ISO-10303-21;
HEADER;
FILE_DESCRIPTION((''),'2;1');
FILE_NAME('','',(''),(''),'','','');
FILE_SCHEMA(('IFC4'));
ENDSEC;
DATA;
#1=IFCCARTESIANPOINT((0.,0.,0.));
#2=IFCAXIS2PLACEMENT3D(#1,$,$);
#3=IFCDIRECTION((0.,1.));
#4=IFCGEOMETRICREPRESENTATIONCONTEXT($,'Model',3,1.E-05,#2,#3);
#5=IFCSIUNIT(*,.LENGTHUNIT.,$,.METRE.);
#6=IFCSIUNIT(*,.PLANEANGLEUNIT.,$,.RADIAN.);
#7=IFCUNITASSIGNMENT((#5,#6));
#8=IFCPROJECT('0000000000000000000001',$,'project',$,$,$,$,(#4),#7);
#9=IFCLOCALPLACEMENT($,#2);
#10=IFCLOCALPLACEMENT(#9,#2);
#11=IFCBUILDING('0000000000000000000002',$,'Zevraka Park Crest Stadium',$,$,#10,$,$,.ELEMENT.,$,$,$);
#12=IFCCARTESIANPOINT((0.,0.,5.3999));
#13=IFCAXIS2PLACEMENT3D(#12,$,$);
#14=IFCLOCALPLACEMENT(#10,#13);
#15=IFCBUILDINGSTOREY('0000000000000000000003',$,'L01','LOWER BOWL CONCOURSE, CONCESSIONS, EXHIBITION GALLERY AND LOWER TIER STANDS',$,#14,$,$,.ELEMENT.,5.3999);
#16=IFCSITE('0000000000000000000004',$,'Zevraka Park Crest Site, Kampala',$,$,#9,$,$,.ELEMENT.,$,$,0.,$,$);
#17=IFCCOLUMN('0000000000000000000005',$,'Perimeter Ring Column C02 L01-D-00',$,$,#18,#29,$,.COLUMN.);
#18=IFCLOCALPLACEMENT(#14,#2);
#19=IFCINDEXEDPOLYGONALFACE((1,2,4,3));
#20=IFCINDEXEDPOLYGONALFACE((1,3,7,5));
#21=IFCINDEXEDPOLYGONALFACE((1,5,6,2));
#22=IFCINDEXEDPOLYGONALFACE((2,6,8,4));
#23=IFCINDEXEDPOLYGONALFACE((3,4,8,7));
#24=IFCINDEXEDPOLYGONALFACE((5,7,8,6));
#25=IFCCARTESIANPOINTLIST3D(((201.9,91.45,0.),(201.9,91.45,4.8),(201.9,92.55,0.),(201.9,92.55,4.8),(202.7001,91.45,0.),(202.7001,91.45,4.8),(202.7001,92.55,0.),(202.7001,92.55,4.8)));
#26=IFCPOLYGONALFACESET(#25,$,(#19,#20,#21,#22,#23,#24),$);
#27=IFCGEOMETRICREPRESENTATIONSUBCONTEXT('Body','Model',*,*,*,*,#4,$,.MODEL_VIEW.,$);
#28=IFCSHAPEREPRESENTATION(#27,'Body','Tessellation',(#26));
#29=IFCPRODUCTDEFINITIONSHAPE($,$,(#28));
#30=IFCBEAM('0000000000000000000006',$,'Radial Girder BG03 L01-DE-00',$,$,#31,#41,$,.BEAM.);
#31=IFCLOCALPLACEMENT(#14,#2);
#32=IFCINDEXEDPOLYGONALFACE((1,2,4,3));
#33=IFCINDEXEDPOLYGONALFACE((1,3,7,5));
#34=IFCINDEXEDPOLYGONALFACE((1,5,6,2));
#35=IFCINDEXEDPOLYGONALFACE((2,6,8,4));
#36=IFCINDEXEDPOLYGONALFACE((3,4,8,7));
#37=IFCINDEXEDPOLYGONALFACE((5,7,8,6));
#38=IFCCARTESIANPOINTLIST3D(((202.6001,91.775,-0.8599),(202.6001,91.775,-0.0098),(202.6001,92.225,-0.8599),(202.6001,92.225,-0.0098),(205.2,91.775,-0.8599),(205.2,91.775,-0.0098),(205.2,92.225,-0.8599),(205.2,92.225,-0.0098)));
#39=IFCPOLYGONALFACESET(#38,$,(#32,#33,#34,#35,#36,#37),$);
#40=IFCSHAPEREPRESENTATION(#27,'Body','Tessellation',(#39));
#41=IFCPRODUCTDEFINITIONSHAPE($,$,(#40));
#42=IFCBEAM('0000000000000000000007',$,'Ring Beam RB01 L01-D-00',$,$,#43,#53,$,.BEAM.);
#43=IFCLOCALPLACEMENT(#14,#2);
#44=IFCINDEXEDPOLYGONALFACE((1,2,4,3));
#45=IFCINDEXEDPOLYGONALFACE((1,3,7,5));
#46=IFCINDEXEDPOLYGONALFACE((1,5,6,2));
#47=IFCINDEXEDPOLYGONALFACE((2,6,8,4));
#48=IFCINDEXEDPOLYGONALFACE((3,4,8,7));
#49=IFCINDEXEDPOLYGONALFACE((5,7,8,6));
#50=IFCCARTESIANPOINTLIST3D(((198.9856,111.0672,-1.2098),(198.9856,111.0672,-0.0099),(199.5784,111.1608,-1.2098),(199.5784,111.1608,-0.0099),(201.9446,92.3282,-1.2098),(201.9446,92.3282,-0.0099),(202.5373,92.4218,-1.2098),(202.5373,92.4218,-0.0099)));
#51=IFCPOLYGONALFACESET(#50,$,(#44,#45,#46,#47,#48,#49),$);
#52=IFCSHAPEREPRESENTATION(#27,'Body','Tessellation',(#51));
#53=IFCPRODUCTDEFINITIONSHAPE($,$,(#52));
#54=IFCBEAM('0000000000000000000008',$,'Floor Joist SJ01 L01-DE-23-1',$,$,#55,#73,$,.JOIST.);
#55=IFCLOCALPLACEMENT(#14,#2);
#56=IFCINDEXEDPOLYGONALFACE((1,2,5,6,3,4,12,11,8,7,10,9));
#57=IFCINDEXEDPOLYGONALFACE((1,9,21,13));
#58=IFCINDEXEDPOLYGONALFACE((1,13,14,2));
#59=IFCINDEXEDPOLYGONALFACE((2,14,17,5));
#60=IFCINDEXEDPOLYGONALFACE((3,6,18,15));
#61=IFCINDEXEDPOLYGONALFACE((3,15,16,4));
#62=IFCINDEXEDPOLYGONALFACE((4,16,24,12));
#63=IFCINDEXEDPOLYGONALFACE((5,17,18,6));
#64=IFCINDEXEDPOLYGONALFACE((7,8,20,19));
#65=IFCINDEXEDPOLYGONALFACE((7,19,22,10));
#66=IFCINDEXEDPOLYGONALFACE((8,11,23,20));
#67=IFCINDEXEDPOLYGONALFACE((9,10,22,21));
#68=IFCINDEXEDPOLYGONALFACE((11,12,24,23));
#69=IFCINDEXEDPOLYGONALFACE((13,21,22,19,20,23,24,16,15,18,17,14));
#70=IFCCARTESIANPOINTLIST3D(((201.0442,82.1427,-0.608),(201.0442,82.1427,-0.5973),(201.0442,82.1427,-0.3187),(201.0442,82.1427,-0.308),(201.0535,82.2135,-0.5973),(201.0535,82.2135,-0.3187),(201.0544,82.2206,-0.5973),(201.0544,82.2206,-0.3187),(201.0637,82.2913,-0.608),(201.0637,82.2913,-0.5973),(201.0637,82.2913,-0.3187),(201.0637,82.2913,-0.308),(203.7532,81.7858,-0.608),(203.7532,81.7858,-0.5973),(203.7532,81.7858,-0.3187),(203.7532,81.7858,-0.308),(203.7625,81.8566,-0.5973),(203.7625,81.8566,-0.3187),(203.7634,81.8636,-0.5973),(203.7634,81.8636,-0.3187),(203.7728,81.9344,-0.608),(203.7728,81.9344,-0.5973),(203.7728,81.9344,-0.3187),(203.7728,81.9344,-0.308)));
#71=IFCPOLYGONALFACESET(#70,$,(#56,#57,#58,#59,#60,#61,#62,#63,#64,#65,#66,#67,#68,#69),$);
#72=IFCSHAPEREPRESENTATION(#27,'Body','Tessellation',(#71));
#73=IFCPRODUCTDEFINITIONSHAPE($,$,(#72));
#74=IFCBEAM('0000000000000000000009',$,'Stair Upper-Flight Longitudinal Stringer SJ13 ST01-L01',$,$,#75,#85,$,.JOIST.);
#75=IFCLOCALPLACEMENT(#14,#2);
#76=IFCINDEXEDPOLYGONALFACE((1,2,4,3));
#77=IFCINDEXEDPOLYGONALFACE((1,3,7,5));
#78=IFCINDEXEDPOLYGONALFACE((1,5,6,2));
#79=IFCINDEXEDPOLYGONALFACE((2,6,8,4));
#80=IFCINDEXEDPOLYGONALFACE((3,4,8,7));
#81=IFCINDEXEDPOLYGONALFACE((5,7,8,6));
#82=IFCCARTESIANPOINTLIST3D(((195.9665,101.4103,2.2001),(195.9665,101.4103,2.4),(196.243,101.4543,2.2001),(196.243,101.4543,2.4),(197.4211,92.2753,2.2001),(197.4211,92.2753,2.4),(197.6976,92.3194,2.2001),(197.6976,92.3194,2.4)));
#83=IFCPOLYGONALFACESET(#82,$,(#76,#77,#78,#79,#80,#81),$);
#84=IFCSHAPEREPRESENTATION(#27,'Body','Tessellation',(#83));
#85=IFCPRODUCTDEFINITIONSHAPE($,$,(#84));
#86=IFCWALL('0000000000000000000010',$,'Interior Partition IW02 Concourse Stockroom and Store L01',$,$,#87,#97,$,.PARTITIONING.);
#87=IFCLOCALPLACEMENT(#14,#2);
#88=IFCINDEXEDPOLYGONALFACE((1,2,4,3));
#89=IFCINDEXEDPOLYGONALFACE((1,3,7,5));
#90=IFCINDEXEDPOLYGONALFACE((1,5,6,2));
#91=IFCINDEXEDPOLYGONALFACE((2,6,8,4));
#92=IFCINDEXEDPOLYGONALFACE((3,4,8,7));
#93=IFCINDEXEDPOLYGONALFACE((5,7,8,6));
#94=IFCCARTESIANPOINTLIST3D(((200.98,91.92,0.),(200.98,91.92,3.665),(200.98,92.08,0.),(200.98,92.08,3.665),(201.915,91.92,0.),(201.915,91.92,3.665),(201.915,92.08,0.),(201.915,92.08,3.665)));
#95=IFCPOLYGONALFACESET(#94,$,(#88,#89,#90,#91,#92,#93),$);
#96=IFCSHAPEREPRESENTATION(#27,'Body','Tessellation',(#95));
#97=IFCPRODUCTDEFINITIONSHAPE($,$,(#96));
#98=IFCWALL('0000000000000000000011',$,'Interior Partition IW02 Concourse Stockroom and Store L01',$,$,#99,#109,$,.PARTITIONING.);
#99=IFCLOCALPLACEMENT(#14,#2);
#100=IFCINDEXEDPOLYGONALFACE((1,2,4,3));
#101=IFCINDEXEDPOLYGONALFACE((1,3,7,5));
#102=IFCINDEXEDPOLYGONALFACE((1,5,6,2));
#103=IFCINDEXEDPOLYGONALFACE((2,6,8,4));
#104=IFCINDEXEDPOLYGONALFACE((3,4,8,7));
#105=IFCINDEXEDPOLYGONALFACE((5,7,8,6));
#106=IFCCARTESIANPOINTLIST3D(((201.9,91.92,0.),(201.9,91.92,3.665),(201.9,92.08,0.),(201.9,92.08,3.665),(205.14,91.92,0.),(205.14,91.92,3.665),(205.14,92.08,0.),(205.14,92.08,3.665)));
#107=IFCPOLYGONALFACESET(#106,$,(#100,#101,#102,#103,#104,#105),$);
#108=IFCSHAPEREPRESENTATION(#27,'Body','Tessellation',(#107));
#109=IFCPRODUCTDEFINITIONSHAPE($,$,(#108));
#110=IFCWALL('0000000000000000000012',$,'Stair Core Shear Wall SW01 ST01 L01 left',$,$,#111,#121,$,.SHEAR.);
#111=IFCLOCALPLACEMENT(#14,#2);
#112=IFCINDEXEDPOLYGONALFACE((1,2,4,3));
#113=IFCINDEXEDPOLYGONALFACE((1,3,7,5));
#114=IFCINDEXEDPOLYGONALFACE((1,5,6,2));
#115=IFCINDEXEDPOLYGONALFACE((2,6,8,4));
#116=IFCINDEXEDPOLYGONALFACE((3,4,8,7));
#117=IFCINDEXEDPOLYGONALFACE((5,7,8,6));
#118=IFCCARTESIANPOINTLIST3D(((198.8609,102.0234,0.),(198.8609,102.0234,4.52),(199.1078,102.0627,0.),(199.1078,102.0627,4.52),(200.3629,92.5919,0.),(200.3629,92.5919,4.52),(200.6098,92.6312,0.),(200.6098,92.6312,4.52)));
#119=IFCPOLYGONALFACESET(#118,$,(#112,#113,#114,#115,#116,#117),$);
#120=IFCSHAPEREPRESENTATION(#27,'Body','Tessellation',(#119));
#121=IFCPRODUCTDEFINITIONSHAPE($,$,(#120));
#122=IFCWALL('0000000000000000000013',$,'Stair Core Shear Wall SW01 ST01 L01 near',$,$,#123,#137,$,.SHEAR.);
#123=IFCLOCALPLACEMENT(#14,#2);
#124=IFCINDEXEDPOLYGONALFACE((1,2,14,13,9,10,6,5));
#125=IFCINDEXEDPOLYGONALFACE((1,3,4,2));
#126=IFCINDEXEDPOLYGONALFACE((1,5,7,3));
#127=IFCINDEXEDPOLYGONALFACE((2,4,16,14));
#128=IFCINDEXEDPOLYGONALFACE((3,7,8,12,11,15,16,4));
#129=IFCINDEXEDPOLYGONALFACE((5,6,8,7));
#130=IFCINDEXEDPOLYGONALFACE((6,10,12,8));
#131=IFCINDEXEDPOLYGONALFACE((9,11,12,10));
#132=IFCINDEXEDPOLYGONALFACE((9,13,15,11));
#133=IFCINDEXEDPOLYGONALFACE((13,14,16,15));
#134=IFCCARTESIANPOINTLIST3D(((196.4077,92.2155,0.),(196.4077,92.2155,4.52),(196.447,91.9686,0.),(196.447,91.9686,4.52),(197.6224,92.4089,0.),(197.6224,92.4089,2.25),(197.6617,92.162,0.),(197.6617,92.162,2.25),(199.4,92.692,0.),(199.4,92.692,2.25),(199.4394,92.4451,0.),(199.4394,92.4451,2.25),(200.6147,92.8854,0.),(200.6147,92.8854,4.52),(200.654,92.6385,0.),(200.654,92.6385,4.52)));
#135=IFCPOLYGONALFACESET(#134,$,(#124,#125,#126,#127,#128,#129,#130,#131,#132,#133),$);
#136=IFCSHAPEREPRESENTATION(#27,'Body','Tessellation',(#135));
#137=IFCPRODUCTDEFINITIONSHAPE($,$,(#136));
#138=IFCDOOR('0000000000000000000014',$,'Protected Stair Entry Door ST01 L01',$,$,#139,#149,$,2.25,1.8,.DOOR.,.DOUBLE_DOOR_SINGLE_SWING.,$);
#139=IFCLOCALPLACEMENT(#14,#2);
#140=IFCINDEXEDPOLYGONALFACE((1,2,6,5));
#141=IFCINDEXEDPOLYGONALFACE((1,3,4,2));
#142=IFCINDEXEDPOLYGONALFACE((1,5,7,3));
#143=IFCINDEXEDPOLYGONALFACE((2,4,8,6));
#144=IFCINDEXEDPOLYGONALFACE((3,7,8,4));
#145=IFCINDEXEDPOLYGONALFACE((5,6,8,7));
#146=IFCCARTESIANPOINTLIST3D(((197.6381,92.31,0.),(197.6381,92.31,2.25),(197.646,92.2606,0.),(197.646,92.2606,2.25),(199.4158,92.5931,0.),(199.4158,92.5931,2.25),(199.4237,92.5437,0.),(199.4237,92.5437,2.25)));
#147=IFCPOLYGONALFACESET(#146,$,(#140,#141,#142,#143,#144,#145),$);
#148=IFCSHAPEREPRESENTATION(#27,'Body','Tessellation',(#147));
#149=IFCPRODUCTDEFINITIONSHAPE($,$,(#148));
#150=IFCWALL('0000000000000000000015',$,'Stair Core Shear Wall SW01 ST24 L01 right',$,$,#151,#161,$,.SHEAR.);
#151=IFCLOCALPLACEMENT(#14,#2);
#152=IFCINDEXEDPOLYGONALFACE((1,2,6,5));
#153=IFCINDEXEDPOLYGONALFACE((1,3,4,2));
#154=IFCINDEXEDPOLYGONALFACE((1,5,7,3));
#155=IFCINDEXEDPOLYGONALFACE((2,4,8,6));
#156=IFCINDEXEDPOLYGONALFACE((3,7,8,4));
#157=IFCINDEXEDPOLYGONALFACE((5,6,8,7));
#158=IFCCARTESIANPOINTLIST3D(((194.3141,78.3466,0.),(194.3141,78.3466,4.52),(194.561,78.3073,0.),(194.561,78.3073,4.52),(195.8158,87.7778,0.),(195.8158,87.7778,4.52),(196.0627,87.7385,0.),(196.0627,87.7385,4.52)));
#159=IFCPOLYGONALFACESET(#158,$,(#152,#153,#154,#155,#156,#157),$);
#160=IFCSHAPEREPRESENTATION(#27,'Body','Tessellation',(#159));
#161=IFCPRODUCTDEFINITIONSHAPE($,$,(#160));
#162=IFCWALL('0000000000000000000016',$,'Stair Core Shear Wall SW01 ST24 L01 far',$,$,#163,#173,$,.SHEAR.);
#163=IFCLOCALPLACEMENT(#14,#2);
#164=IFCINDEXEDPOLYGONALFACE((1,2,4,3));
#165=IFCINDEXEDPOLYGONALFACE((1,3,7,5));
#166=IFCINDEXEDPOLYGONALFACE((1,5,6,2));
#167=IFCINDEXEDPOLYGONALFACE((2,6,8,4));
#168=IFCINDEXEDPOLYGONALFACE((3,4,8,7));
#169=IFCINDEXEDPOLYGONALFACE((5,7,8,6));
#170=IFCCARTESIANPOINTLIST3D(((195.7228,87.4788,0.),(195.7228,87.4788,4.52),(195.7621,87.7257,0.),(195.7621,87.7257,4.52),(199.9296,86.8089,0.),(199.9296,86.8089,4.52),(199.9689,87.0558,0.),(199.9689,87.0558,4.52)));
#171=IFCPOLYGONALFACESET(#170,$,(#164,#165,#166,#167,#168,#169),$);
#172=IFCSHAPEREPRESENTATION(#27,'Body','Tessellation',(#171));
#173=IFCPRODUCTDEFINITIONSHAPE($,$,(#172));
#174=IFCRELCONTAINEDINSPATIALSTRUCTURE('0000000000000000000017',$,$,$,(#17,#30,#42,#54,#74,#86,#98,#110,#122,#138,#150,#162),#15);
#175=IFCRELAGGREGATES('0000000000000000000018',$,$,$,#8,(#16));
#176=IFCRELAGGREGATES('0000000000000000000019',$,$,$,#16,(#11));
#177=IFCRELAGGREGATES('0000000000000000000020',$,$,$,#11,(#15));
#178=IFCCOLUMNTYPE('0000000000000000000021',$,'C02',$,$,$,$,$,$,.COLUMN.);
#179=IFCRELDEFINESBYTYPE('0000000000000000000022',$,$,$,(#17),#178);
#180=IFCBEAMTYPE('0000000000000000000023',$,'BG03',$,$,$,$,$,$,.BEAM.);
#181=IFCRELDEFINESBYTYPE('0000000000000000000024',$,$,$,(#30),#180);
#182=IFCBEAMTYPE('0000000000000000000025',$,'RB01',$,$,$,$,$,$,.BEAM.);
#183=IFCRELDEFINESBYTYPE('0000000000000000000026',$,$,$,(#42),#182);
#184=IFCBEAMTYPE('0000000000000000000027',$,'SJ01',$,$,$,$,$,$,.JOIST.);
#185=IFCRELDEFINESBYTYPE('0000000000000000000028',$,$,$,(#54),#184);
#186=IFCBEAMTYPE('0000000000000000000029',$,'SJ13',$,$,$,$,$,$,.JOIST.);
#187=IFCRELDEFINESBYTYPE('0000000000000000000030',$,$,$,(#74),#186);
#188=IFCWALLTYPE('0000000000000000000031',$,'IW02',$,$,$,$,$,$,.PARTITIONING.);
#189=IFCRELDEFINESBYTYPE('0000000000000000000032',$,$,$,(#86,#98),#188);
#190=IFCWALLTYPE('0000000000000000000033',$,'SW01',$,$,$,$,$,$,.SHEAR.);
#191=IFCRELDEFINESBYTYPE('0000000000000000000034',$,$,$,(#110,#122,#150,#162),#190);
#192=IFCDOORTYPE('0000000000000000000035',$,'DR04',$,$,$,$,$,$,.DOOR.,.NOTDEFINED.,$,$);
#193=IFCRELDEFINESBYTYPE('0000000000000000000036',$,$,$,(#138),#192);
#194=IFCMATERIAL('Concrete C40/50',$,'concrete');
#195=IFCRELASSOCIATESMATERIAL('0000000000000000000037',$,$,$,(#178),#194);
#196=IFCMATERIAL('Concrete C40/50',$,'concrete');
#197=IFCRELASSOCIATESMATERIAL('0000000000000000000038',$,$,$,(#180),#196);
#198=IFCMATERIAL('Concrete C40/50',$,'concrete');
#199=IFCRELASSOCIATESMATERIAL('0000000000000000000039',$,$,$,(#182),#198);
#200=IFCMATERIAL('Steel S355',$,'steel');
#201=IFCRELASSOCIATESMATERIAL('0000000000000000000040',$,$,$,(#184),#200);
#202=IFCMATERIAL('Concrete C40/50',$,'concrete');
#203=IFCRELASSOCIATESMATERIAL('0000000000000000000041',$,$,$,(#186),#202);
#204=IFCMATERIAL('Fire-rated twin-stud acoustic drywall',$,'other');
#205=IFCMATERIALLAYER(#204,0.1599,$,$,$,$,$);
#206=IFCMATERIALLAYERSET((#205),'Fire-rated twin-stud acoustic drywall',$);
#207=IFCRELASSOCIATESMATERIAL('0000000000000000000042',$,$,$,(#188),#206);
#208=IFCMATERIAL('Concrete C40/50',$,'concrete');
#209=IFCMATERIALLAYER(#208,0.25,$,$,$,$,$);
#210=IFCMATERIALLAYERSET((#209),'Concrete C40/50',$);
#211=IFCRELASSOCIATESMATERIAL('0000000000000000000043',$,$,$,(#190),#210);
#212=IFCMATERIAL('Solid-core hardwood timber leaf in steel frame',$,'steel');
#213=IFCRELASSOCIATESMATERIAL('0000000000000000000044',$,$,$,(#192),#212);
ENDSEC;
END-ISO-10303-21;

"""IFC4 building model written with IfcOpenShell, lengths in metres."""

from ifc_helpers import new_model, si_unit, direction, frame, frame_2d, origin, origin_2d, place, context, subcontext, project, spatial, rectangle, i_section, extrude, material, layer, layer_set, material_profile, profile_set, type_object, element, fill, save


model = new_model("IFC4")

# Units and contexts
model_context = context("Model", 3, precision=1e-05, world=origin(), true_north=direction((0.0, 1.0)))
body_context = subcontext(model_context, "Body", "Model", "MODEL_VIEW")
ifc_project = project(units=[si_unit("LENGTHUNIT", "METRE"), si_unit("PLANEANGLEUNIT", "RADIAN")], contexts=[model_context])

# Site, building, storey
site_placement = place(None, origin())
site = spatial("IfcSite", under=ifc_project, at=site_placement, Name="Zevraka Park Crest Site, Kampala", CompositionType="ELEMENT", RefElevation=0.0)
building_placement = place(site_placement, origin())
building = spatial("IfcBuilding", under=site, at=building_placement, Name="Zevraka Park Crest Stadium", CompositionType="ELEMENT")
storey_placement = place(building_placement, frame((0.0, 0.0, 5.3999)))
storey = spatial("IfcBuildingStorey", under=building, at=storey_placement, Name="L01", Description="LOWER BOWL CONCOURSE, CONCESSIONS, EXHIBITION GALLERY AND LOWER TIER STANDS", CompositionType="ELEMENT", Elevation=5.3999)

# Column
ifc_material_1 = material(Name="Concrete C40/50", Category="concrete")
ifc_material_profile_1 = material_profile(ifc_material_1, rectangle(XDim=0.8, YDim=1.1001, at=origin_2d()), Name="RC 1100x800")
ifc_profile_set_1 = profile_set([ifc_material_profile_1], Name="Concrete C40/50")
column_type = type_object("IfcColumnType", Name="C02", PredefinedType="COLUMN", material=ifc_profile_set_1)
column_placement = place(storey_placement, frame((202.3, 92.0, 0.0), z_axis=(0.0, 0.0, 1.0), x_axis=(1.0, 0.0, 0.0)))
element("IfcColumn", 1, at=column_placement, inside=storey, type_object=column_type, Name="Perimeter Ring Column C02 L01-D-00", PredefinedType="COLUMN", context=body_context, shape_type="SweptSolid", body=[
    extrude(rectangle(XDim=0.8, YDim=1.1001, at=origin_2d()), origin(), (0.0, 0.0, 1.0), 4.8),
])

# Beams
ifc_material_2 = material(Name="Concrete C40/50", Category="concrete")
ifc_material_profile_2 = material_profile(ifc_material_2, rectangle(XDim=0.45, YDim=0.8501, at=origin_2d()), Name="RC 850x450")
ifc_profile_set_2 = profile_set([ifc_material_profile_2], Name="Concrete C40/50")
beam_type_1 = type_object("IfcBeamType", Name="BG03", PredefinedType="BEAM", material=ifc_profile_set_2)
beam_1_placement = place(storey_placement, frame((202.6001, 92.0, -0.4348), z_axis=(1.0, 0.0, 0.0), x_axis=(0.0, 1.0, 0.0)))
element("IfcBeam", 2, at=beam_1_placement, inside=storey, type_object=beam_type_1, Name="Radial Girder BG03 L01-DE-00", PredefinedType="BEAM", context=body_context, shape_type="SweptSolid", body=[
    extrude(rectangle(XDim=0.45, YDim=0.8501, at=origin_2d()), origin(), (0.0, 0.0, 1.0), 2.5999),
])
ifc_material_3 = material(Name="Concrete C40/50", Category="concrete")
ifc_material_profile_3 = material_profile(ifc_material_3, rectangle(XDim=0.6001, YDim=1.2, at=origin_2d()), Name="RC 1200x600")
ifc_profile_set_3 = profile_set([ifc_material_profile_3], Name="Concrete C40/50")
beam_type_2 = type_object("IfcBeamType", Name="RB01", PredefinedType="BEAM", material=ifc_profile_set_3)
beam_2_placement = place(storey_placement, frame((202.241, 92.375, -0.6099), z_axis=(-0.155972, 0.987761, 0.0), x_axis=(-0.987761, -0.155972, 0.0)))
element("IfcBeam", 3, at=beam_2_placement, inside=storey, type_object=beam_type_2, Name="Ring Beam RB01 L01-D-00", PredefinedType="BEAM", context=body_context, shape_type="SweptSolid", body=[
    extrude(rectangle(XDim=0.6001, YDim=1.2, at=origin_2d()), origin(), (0.0, 0.0, 1.0), 18.9712),
])
ifc_material_4 = material(Name="Steel S355", Category="steel")
ifc_material_profile_4 = material_profile(ifc_material_4, i_section(OverallWidth=0.1499, OverallDepth=0.3, WebThickness=0.0071, FlangeThickness=0.0107, at=origin_2d()), Name="IPE 300")
ifc_profile_set_4 = profile_set([ifc_material_profile_4], Name="Steel S355")
beam_type_3 = type_object("IfcBeamType", Name="SJ01", PredefinedType="JOIST", material=ifc_profile_set_4)
beam_3_placement = place(storey_placement, frame((201.054, 82.217, -0.458), z_axis=(0.991431, -0.13063, 0.0), x_axis=(0.13063, 0.991431, 0.0)))
element("IfcBeam", 4, at=beam_3_placement, inside=storey, type_object=beam_type_3, Name="Floor Joist SJ01 L01-DE-23-1", PredefinedType="JOIST", context=body_context, shape_type="SweptSolid", body=[
    extrude(i_section(OverallWidth=0.1499, OverallDepth=0.3, WebThickness=0.0071, FlangeThickness=0.0107, at=origin_2d()), origin(), (0.0, 0.0, 1.0), 2.7324),
])
ifc_material_5 = material(Name="Concrete C40/50", Category="concrete")
ifc_material_profile_5 = material_profile(ifc_material_5, rectangle(XDim=0.28, YDim=0.2, at=origin_2d()), Name="RC 200x280")
ifc_profile_set_5 = profile_set([ifc_material_profile_5], Name="Concrete C40/50")
beam_type_4 = type_object("IfcBeamType", Name="SJ13", PredefinedType="JOIST", material=ifc_profile_set_5)
beam_4_placement = place(storey_placement, frame((197.5593, 92.2974, 2.3), z_axis=(-0.157251, 0.987559, 0.0), x_axis=(-0.987559, -0.157251, 0.0)))
element("IfcBeam", 5, at=beam_4_placement, inside=storey, type_object=beam_type_4, Name="Stair Upper-Flight Longitudinal Stringer SJ13 ST01-L01", PredefinedType="JOIST", context=body_context, shape_type="SweptSolid", body=[
    extrude(rectangle(XDim=0.28, YDim=0.2, at=origin_2d()), origin(), (0.0, 0.0, 1.0), 9.25),
])

# Walls
ifc_material_6 = material(Name="Fire-rated twin-stud acoustic drywall", Category="other")
ifc_layer_1 = layer(ifc_material_6, 0.1599)
ifc_layer_set_1 = layer_set([ifc_layer_1], Name="Fire-rated twin-stud acoustic drywall")
wall_type_1 = type_object("IfcWallType", Name="IW02", PredefinedType="PARTITIONING", material=ifc_layer_set_1)
wall_1_placement = place(storey_placement, frame((200.98, 92.0, 0.0), z_axis=(0.0, 0.0, 1.0), x_axis=(1.0, 0.0, 0.0)))
element("IfcWall", 6, at=wall_1_placement, inside=storey, type_object=wall_type_1, Name="Interior Partition IW02 Concourse Stockroom and Store L01", PredefinedType="PARTITIONING", context=body_context, shape_type="SweptSolid", body=[
    extrude(rectangle(XDim=0.9351, YDim=0.1599, at=frame_2d((0.4675, 0.0))), origin(), (0.0, 0.0, 1.0), 3.665),
])
wall_2_placement = place(storey_placement, frame((201.8999, 92.0, 0.0), z_axis=(0.0, 0.0, 1.0), x_axis=(1.0, 0.0, 0.0)))
element("IfcWall", 7, at=wall_2_placement, inside=storey, type_object=wall_type_1, Name="Interior Partition IW02 Concourse Stockroom and Store L01", PredefinedType="PARTITIONING", context=body_context, shape_type="SweptSolid", body=[
    extrude(rectangle(XDim=3.24, YDim=0.1599, at=frame_2d((1.6201, 0.0))), origin(), (0.0, 0.0, 1.0), 3.665),
])
ifc_material_7 = material(Name="Concrete C40/50", Category="concrete")
ifc_layer_2 = layer(ifc_material_7, 0.25)
ifc_layer_set_2 = layer_set([ifc_layer_2], Name="Concrete C40/50")
wall_type_2 = type_object("IfcWallType", Name="SW01", PredefinedType="SHEAR", material=ifc_layer_set_2)
wall_3_placement = place(storey_placement, frame((200.4863, 92.6116, 0.0), z_axis=(0.0, 0.0, 1.0), x_axis=(-0.157269, 0.987556, 0.0)))
element("IfcWall", 8, at=wall_3_placement, inside=storey, type_object=wall_type_2, Name="Stair Core Shear Wall SW01 ST01 L01 left", PredefinedType="SHEAR", context=body_context, shape_type="SweptSolid", body=[
    extrude(rectangle(XDim=9.5503, YDim=0.25, at=frame_2d((4.7751, 0.0))), origin(), (0.0, 0.0, 1.0), 4.52),
])

# Wall, opening, door
wall_4_placement = place(storey_placement, frame((196.4275, 92.092, 0.0), z_axis=(0.0, 0.0, 1.0), x_axis=(0.987558, 0.157257, 0.0)))
wall_4 = element("IfcWall", 9, at=wall_4_placement, inside=storey, type_object=wall_type_2, Name="Stair Core Shear Wall SW01 ST01 L01 near", PredefinedType="SHEAR", context=body_context, shape_type="SweptSolid", body=[
    extrude(rectangle(XDim=4.26, YDim=0.25, at=frame_2d((2.1299, 0.0))), origin(), (0.0, 0.0, 1.0), 4.52),
])
opening_placement = place(wall_4_placement, frame((1.23, 0.0, 0.0)))
opening = element("IfcOpeningElement", 10, at=opening_placement, cuts=wall_4, PredefinedType="OPENING", context=body_context, shape_type="SweptSolid", body=[
    extrude(rectangle(XDim=1.8, YDim=2.25, at=frame_2d((0.8999, 1.125))), frame((0.0, 0.135, 0.0), z_axis=(0.0, -1.0, 0.0), x_axis=(1.0, 0.0, 0.0)), (0.0, 0.0, 1.0), 0.27),
])
ifc_material_8 = material(Name="Solid-core hardwood timber leaf in steel frame", Category="steel")
door_type = type_object("IfcDoorType", Name="DR04", OperationType="NOTDEFINED", PredefinedType="DOOR", material=ifc_material_8)
door_placement = place(opening_placement, origin())
door = element("IfcDoor", 11, at=door_placement, inside=storey, type_object=door_type, Name="Protected Stair Entry Door ST01 L01", OperationType="DOUBLE_DOOR_SINGLE_SWING", OverallHeight=2.25, OverallWidth=1.8, PredefinedType="DOOR", context=body_context, shape_type="SweptSolid", body=[
    extrude(rectangle(XDim=1.8, YDim=2.25, at=frame_2d((0.8999, 1.125))), frame((0.0, 0.0249, 0.0), z_axis=(0.0, -1.0, 0.0), x_axis=(1.0, 0.0, 0.0)), (0.0, 0.0, 1.0), 0.05),
])
fill(opening, door)

# Walls
wall_5_placement = place(storey_placement, frame((195.9392, 87.7581, 0.0), z_axis=(0.0, 0.0, 1.0), x_axis=(-0.157248, -0.987559, 0.0)))
element("IfcWall", 12, at=wall_5_placement, inside=storey, type_object=wall_type_2, Name="Stair Core Shear Wall SW01 ST24 L01 right", PredefinedType="SHEAR", context=body_context, shape_type="SweptSolid", body=[
    extrude(rectangle(XDim=9.55, YDim=0.25, at=frame_2d((4.7749, 0.0))), origin(), (0.0, 0.0, 1.0), 4.52),
])
wall_6_placement = place(storey_placement, frame((199.9492, 86.9324, 0.0), z_axis=(0.0, 0.0, 1.0), x_axis=(-0.987556, 0.157266, 0.0)))
element("IfcWall", 13, at=wall_6_placement, inside=storey, type_object=wall_type_2, Name="Stair Core Shear Wall SW01 ST24 L01 far", PredefinedType="SHEAR", context=body_context, shape_type="SweptSolid", body=[
    extrude(rectangle(XDim=4.2598, YDim=0.25, at=frame_2d((2.1299, 0.0))), origin(), (0.0, 0.0, 1.0), 4.52),
])

save(model, "model.ifc")
